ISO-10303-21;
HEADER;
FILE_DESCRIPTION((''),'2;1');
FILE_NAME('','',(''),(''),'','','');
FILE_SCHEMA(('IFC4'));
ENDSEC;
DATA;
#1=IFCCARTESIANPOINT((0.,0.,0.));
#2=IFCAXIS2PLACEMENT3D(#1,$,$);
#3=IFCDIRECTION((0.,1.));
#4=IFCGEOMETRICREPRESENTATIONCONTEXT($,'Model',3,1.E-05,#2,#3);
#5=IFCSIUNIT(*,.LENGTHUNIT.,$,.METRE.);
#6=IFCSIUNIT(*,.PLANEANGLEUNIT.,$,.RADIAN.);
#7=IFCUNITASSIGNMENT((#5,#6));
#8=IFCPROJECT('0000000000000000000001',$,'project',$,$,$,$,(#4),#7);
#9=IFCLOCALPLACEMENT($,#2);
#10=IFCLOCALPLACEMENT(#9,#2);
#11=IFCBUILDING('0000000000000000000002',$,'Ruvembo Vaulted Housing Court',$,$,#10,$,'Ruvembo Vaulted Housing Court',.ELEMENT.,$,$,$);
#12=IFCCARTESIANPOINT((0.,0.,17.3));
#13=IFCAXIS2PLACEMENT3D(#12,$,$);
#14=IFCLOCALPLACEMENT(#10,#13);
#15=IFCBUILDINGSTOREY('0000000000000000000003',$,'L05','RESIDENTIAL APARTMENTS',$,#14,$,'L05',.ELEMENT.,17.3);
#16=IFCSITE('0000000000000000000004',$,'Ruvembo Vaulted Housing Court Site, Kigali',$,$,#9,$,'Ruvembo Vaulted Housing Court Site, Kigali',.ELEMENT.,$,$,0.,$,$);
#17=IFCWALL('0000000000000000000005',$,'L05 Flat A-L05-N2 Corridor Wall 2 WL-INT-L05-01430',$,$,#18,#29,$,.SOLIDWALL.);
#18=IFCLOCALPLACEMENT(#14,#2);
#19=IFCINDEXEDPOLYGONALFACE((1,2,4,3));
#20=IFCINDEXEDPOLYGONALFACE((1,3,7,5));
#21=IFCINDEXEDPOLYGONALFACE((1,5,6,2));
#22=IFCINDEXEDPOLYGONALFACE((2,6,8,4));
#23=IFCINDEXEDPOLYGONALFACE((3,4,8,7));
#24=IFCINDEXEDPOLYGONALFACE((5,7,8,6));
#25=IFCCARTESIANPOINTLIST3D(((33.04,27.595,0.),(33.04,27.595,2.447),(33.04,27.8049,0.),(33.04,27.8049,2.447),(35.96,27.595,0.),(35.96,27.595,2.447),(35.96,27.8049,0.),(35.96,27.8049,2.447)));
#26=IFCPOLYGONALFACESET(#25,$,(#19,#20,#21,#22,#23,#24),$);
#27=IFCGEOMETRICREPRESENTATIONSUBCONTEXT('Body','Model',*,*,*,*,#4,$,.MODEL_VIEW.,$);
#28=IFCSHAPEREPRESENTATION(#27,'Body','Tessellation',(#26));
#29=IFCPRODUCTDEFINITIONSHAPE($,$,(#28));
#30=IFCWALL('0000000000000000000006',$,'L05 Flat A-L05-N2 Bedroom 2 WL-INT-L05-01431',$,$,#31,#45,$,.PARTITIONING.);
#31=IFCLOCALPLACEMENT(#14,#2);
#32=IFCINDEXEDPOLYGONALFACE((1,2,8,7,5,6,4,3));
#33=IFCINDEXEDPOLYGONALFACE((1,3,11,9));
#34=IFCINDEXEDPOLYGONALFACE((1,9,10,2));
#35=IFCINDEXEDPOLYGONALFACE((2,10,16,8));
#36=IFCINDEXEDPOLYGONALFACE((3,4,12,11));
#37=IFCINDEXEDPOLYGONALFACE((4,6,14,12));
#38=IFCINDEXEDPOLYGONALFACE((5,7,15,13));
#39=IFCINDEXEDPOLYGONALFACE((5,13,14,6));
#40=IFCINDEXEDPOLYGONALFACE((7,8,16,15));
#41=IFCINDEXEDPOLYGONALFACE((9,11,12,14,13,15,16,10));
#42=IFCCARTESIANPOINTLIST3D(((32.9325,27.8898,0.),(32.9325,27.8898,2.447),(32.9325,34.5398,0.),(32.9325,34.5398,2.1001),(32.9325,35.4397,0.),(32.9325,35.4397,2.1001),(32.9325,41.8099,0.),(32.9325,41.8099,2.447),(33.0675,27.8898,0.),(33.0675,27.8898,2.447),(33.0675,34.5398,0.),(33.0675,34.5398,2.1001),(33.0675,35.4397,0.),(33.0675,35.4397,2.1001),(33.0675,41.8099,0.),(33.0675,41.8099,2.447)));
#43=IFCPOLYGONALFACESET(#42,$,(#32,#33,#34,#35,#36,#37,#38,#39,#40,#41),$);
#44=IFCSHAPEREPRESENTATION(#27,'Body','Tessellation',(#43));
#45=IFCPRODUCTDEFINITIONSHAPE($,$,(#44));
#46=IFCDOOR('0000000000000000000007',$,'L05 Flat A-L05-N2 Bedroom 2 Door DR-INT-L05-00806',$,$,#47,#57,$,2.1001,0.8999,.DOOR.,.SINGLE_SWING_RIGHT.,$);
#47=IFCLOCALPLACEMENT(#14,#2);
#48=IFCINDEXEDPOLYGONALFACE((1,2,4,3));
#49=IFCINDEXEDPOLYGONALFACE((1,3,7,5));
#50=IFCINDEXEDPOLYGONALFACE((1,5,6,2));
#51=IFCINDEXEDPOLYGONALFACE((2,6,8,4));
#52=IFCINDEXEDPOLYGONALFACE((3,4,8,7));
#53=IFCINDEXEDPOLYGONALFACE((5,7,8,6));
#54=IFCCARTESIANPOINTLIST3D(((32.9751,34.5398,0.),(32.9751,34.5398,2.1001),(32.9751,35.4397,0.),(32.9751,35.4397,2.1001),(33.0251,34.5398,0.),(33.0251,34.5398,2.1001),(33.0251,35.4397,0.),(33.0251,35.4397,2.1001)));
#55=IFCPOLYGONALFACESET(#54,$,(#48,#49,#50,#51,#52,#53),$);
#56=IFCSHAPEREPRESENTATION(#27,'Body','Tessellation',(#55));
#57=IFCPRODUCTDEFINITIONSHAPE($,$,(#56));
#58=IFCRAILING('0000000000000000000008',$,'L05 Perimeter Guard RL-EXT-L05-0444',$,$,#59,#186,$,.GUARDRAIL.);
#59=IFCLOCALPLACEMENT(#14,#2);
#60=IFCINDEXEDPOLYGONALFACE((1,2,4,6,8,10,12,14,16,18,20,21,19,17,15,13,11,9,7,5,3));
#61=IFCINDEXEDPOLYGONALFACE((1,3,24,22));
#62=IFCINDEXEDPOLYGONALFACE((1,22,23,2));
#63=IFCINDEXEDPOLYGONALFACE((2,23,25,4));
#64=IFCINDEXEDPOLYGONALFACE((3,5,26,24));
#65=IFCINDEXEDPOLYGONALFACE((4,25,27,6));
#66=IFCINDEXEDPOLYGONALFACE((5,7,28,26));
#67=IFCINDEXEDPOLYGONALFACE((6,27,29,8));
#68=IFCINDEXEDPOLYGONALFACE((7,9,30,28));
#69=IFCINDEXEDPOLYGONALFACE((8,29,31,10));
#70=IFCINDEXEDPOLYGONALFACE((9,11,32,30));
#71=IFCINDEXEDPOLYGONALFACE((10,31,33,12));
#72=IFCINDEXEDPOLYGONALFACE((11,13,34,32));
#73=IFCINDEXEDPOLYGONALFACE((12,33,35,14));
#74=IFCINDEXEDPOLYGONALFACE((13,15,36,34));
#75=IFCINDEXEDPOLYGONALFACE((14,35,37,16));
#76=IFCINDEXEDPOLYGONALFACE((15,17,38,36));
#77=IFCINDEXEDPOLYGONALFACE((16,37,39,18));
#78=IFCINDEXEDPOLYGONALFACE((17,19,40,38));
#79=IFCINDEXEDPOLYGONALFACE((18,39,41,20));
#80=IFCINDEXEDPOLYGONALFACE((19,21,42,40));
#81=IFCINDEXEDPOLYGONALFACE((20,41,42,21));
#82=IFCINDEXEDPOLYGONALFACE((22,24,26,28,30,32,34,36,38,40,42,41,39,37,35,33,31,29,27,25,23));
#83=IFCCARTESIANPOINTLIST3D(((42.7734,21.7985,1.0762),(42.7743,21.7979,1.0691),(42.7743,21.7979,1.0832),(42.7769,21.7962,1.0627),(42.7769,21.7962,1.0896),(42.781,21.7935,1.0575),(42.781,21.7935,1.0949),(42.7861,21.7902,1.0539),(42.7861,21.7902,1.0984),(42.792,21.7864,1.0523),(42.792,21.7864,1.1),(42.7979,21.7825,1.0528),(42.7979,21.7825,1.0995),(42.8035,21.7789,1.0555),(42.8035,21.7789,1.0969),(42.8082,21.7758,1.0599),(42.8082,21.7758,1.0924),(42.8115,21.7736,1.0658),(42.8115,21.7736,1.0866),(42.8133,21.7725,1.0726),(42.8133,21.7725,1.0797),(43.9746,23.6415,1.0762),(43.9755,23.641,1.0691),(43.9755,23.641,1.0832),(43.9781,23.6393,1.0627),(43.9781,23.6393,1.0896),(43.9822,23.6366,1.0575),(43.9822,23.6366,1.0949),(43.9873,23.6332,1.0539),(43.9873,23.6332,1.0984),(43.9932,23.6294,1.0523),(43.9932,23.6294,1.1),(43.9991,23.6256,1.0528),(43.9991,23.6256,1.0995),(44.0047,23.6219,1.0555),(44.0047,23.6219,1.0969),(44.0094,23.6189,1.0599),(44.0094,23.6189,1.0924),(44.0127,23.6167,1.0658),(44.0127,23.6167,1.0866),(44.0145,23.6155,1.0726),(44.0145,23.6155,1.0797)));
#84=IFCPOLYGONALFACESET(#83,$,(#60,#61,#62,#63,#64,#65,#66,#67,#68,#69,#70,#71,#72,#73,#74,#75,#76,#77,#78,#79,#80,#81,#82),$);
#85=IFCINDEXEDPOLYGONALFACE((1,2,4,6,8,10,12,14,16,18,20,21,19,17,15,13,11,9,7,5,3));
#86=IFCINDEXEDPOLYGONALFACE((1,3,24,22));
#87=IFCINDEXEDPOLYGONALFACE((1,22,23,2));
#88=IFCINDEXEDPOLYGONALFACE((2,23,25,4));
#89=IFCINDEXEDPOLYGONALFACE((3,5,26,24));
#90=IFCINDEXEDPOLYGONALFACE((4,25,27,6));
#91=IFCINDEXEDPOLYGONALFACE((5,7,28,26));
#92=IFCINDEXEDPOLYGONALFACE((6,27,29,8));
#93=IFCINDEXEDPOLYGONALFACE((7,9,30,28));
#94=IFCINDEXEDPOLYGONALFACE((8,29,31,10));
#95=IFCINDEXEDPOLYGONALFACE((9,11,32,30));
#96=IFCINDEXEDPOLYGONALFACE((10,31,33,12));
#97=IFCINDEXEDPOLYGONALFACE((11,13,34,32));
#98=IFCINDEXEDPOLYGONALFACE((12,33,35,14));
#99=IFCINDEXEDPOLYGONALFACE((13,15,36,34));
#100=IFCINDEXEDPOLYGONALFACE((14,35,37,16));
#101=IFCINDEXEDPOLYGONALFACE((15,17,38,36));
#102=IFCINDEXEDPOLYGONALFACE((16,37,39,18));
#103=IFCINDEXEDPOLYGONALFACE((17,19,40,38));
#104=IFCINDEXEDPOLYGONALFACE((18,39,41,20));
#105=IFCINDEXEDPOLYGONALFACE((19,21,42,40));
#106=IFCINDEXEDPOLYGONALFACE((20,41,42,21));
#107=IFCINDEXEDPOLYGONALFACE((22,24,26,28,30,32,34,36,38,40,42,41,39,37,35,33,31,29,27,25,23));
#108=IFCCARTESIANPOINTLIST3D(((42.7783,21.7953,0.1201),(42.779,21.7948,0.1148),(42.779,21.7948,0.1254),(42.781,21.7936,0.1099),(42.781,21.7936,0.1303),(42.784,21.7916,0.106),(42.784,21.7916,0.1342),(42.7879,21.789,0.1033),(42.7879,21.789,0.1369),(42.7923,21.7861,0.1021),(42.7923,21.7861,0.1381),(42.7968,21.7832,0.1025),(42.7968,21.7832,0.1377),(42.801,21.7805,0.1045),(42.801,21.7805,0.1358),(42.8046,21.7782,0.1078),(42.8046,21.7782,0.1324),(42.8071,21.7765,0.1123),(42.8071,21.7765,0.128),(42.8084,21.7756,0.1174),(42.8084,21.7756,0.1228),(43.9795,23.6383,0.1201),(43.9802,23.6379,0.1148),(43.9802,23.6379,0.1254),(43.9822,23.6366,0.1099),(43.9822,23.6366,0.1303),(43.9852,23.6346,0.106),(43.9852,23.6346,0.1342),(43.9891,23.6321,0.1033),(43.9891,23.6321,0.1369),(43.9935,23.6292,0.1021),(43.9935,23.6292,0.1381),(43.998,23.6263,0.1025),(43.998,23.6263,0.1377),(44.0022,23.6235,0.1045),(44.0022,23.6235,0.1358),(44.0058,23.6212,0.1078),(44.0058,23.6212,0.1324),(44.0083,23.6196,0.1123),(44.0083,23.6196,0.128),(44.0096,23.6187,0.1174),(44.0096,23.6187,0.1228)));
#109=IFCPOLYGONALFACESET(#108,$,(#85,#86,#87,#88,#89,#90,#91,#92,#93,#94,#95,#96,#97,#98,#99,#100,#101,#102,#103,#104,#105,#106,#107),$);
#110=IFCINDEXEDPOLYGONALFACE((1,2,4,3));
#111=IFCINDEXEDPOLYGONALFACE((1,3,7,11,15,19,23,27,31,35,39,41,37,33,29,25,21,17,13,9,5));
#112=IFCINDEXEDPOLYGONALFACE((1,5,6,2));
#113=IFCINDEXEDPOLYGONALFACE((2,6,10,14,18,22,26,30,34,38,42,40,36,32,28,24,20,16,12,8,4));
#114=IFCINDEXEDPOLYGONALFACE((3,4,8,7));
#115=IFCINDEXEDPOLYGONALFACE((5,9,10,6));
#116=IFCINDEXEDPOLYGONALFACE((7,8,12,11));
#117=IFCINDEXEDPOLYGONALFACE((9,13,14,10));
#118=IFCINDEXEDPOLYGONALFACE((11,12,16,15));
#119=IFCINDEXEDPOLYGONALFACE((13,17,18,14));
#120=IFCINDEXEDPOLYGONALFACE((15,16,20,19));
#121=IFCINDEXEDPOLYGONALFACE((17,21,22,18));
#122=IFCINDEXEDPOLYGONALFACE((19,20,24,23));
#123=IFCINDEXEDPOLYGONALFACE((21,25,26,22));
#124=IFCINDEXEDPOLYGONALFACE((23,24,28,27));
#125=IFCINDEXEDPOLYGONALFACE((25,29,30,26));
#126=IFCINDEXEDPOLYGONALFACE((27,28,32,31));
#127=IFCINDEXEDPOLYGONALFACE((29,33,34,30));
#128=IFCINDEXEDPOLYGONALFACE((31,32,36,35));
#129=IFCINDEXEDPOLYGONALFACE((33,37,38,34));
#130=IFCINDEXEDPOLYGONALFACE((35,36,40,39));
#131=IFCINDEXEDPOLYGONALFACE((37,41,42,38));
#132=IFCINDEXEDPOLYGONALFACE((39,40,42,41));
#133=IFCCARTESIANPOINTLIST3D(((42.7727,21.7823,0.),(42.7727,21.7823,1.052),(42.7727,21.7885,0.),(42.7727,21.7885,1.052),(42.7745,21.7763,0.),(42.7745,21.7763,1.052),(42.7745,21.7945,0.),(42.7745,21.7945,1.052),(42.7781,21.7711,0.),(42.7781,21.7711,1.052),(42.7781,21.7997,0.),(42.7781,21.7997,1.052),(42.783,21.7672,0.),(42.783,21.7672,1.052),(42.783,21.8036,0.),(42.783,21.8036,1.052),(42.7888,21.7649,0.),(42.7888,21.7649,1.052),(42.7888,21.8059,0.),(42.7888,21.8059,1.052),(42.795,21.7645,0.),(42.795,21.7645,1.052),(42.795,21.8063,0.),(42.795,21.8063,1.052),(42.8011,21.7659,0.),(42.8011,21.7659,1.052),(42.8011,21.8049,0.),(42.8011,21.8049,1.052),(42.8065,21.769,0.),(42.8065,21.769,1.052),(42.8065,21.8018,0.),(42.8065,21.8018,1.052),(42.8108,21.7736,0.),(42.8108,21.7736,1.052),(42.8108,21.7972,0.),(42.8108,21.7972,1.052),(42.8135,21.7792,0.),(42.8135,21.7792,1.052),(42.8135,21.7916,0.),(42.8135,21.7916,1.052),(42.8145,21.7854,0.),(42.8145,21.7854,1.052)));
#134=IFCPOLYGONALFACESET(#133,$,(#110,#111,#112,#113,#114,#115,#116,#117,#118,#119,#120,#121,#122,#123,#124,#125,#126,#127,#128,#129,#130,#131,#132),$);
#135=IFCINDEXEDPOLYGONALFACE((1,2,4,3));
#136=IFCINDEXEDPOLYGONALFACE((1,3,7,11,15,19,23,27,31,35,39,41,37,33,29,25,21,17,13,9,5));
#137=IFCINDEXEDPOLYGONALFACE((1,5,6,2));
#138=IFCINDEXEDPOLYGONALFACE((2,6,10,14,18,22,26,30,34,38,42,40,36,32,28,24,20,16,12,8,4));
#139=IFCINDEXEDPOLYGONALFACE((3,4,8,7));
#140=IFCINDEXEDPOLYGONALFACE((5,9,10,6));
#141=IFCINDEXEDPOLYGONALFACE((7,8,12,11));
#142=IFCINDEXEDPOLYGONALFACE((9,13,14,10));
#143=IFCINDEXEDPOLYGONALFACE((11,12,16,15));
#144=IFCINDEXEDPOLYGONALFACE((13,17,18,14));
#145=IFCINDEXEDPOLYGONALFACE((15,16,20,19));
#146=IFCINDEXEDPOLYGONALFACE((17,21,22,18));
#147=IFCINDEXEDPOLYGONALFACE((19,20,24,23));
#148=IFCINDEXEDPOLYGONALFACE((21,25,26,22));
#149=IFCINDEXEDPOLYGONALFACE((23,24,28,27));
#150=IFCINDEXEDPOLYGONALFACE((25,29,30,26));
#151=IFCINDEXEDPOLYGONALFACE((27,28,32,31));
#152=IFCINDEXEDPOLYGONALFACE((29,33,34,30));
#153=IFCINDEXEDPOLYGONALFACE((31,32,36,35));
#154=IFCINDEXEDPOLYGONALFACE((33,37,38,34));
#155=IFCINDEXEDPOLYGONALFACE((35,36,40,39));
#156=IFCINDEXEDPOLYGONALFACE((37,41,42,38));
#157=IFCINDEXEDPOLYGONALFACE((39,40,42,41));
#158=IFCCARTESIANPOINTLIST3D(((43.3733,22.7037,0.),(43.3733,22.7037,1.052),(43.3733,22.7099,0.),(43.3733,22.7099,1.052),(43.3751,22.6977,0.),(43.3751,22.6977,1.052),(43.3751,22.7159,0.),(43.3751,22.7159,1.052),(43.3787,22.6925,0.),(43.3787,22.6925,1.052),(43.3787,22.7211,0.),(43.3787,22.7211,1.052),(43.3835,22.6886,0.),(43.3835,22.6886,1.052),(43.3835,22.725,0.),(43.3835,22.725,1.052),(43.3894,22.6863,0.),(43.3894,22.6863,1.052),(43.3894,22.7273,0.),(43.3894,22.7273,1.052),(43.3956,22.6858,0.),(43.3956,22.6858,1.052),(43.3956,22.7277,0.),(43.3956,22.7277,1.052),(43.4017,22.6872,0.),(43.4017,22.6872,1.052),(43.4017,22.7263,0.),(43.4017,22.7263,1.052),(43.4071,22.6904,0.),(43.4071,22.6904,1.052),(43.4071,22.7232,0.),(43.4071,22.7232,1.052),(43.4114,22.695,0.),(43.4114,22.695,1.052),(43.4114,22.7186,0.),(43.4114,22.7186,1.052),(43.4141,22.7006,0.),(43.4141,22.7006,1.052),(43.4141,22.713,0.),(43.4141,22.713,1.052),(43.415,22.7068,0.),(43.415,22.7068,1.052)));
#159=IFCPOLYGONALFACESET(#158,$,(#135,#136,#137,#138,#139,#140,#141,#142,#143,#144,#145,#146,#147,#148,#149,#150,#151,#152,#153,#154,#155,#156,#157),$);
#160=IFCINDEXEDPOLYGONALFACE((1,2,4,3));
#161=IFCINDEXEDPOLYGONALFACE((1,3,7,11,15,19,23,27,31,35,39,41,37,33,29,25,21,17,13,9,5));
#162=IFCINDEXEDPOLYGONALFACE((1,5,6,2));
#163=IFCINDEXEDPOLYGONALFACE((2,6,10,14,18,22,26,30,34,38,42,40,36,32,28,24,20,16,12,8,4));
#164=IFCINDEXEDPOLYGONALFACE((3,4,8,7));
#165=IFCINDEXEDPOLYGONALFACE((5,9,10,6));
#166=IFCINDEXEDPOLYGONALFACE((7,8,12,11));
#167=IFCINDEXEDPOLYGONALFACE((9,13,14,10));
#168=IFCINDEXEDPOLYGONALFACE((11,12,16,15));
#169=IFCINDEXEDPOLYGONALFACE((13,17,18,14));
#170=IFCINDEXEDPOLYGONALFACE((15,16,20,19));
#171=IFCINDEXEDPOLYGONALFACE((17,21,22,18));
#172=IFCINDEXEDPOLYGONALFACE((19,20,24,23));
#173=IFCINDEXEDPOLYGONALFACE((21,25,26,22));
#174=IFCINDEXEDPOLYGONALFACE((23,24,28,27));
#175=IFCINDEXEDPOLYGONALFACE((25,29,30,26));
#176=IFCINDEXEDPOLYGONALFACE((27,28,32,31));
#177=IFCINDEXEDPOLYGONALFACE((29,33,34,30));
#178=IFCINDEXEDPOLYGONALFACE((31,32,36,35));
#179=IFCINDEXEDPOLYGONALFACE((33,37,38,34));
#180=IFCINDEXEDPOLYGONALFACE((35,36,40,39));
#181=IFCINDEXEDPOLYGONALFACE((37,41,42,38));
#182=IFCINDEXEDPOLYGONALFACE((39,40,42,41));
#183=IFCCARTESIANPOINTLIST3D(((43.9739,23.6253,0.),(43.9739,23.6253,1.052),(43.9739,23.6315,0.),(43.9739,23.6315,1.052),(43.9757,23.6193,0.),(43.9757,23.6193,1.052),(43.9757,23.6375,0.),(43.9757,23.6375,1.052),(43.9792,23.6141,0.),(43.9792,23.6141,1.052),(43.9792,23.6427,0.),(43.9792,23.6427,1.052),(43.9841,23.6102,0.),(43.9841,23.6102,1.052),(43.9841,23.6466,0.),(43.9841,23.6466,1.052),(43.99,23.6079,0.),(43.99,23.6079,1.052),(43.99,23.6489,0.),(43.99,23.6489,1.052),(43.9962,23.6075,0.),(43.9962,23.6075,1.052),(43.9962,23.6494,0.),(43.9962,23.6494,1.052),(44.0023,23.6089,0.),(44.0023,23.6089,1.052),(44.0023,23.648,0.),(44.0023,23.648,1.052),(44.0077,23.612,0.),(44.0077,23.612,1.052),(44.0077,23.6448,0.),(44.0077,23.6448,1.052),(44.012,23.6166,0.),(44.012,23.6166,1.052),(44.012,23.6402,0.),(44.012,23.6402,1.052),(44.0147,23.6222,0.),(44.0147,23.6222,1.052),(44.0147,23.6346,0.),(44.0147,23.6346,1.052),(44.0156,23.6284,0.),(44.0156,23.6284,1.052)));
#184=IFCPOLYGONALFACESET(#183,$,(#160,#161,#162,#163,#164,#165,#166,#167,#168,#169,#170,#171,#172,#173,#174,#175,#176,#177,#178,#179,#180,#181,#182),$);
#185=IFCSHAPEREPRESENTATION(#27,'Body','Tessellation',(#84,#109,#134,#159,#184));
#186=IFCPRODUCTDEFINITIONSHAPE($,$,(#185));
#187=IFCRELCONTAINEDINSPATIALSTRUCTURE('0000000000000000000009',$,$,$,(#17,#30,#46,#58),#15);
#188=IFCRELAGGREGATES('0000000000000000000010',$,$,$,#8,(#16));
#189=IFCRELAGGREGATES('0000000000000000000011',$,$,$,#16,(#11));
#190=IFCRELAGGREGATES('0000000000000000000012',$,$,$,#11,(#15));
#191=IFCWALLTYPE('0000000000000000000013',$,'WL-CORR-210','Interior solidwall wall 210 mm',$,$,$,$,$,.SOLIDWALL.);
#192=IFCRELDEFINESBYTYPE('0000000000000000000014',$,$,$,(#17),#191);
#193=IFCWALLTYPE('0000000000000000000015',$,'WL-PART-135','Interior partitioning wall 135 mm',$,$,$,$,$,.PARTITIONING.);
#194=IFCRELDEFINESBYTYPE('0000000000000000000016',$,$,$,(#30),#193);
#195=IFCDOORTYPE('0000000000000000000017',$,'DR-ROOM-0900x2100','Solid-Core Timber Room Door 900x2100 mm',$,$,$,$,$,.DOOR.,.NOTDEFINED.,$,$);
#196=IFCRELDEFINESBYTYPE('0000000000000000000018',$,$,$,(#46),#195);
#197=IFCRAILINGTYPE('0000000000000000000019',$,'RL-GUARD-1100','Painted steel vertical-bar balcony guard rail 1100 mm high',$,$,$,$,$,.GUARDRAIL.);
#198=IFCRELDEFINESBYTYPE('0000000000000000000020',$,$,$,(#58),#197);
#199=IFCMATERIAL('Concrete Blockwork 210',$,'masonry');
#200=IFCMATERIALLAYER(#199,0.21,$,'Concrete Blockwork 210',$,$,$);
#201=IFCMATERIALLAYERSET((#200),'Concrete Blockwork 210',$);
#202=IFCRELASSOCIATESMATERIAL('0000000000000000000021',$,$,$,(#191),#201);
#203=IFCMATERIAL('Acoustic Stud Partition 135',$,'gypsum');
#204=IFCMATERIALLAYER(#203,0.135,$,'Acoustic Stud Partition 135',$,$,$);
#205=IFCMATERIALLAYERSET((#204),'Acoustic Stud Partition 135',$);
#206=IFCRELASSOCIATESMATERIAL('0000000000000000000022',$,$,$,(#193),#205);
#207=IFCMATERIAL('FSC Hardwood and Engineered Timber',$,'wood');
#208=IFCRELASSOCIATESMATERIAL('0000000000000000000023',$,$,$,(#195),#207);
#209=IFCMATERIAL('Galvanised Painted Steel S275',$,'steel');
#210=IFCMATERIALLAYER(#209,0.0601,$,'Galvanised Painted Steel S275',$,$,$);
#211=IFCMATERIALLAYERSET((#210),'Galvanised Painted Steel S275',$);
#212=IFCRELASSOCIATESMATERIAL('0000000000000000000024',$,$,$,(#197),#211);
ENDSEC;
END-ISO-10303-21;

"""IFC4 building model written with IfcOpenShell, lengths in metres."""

from ifc_helpers import new_model, si_unit, direction, frame, frame_2d, origin, origin_2d, place, context, subcontext, project, spatial, rectangle, circle, extrude, material, layer, layer_set, type_object, element, fill, save


model = new_model("IFC4")

# Units and contexts
model_context = context("Model", 3, precision=1e-05, world=origin(), true_north=direction((0.0, 1.0)))
body_context = subcontext(model_context, "Body", "Model", "MODEL_VIEW")
ifc_project = project(units=[si_unit("LENGTHUNIT", "METRE"), si_unit("PLANEANGLEUNIT", "RADIAN")], contexts=[model_context])

# Site, building, storey
site_placement = place(None, origin())
site = spatial("IfcSite", under=ifc_project, at=site_placement, Name="Ruvembo Vaulted Housing Court Site, Kigali", LongName="Ruvembo Vaulted Housing Court Site, Kigali", CompositionType="ELEMENT", RefElevation=0.0)
building_placement = place(site_placement, origin())
building = spatial("IfcBuilding", under=site, at=building_placement, Name="Ruvembo Vaulted Housing Court", LongName="Ruvembo Vaulted Housing Court", CompositionType="ELEMENT")
storey_placement = place(building_placement, frame((0.0, 0.0, 17.3)))
storey = spatial("IfcBuildingStorey", under=building, at=storey_placement, Name="L05", Description="RESIDENTIAL APARTMENTS", LongName="L05", CompositionType="ELEMENT", Elevation=17.3)

# Wall
ifc_material_1 = material(Name="Concrete Blockwork 210", Category="masonry")
ifc_layer_1 = layer(ifc_material_1, 0.21, Name="Concrete Blockwork 210")
ifc_layer_set_1 = layer_set([ifc_layer_1], Name="Concrete Blockwork 210")
wall_type_1 = type_object("IfcWallType", Name="WL-CORR-210", Description="Interior solidwall wall 210 mm", PredefinedType="SOLIDWALL", material=ifc_layer_set_1)
wall_1_placement = place(storey_placement, frame((33.04, 27.7, 0.0), z_axis=(0.0, 0.0, 1.0), x_axis=(1.0, 0.0, 0.0)))
element("IfcWall", 1, at=wall_1_placement, inside=storey, type_object=wall_type_1, Name="L05 Flat A-L05-N2 Corridor Wall 2 WL-INT-L05-01430", PredefinedType="SOLIDWALL", context=body_context, shape_type="SweptSolid", body=[
    extrude(rectangle(XDim=2.9199, YDim=0.21, at=frame_2d((1.46, 0.0))), origin(), (0.0, 0.0, 1.0), 2.447),
])

# Wall, opening, door
ifc_material_2 = material(Name="Acoustic Stud Partition 135", Category="gypsum")
ifc_layer_2 = layer(ifc_material_2, 0.135, Name="Acoustic Stud Partition 135")
ifc_layer_set_2 = layer_set([ifc_layer_2], Name="Acoustic Stud Partition 135")
wall_type_2 = type_object("IfcWallType", Name="WL-PART-135", Description="Interior partitioning wall 135 mm", PredefinedType="PARTITIONING", material=ifc_layer_set_2)
wall_2_placement = place(storey_placement, frame((33.0, 27.8899, 0.0), z_axis=(0.0, 0.0, 1.0), x_axis=(0.0, 1.0, 0.0)))
wall_2 = element("IfcWall", 2, at=wall_2_placement, inside=storey, type_object=wall_type_2, Name="L05 Flat A-L05-N2 Bedroom 2 WL-INT-L05-01431", PredefinedType="PARTITIONING", context=body_context, shape_type="SweptSolid", body=[
    extrude(rectangle(XDim=13.9202, YDim=0.135, at=frame_2d((6.96, 0.0))), origin(), (0.0, 0.0, 1.0), 2.447),
])
opening_1_placement = place(wall_2_placement, frame((6.6499, 0.0, 0.0)))
opening_1 = element("IfcOpeningElement", 3, at=opening_1_placement, cuts=wall_2, PredefinedType="OPENING", context=body_context, shape_type="SweptSolid", body=[
    extrude(rectangle(XDim=0.8999, YDim=2.1001, at=frame_2d((0.45, 1.05))), frame((0.0, 0.0774, 0.0), z_axis=(0.0, -1.0, 0.0), x_axis=(1.0, 0.0, 0.0)), (0.0, 0.0, 1.0), 0.155),
])
ifc_material_3 = material(Name="FSC Hardwood and Engineered Timber", Category="wood")
door_type_1 = type_object("IfcDoorType", Name="DR-ROOM-0900x2100", Description="Solid-Core Timber Room Door 900x2100 mm", OperationType="NOTDEFINED", PredefinedType="DOOR", material=ifc_material_3)
door_1_placement = place(opening_1_placement, origin())
door_1 = element("IfcDoor", 4, at=door_1_placement, inside=storey, type_object=door_type_1, Name="L05 Flat A-L05-N2 Bedroom 2 Door DR-INT-L05-00806", OperationType="SINGLE_SWING_RIGHT", OverallHeight=2.1001, OverallWidth=0.8999, PredefinedType="DOOR", context=body_context, shape_type="SweptSolid", body=[
    extrude(rectangle(XDim=0.8999, YDim=2.1001, at=frame_2d((0.45, 1.05))), frame((0.0, 0.0249, 0.0), z_axis=(0.0, -1.0, 0.0), x_axis=(1.0, 0.0, 0.0)), (0.0, 0.0, 1.0), 0.05),
])
fill(opening_1, door_1)

# Railing
ifc_material_4 = material(Name="Galvanised Painted Steel S275", Category="steel")
ifc_layer_3 = layer(ifc_material_4, 0.0601, Name="Galvanised Painted Steel S275")
ifc_layer_set_3 = layer_set([ifc_layer_3], Name="Galvanised Painted Steel S275")
railing_type = type_object("IfcRailingType", Name="RL-GUARD-1100", Description="Painted steel vertical-bar balcony guard rail 1100 mm high", PredefinedType="GUARDRAIL", material=ifc_layer_set_3)
railing_placement = place(storey_placement, frame((42.7935, 21.7854, 0.0)))
element("IfcRailing", 5, at=railing_placement, inside=storey, type_object=railing_type, Name="L05 Perimeter Guard RL-EXT-L05-0444", PredefinedType="GUARDRAIL", context=body_context, shape_type="SweptSolid", body=[
    extrude(circle(Radius=0.0239, at=origin_2d()), frame((0.0, 0.0, 1.0762), z_axis=(0.546014, 0.837776, 0.0), x_axis=(-0.837776, 0.546014, 0.0)), (0.0, 0.0, 1.0), 2.2),
    extrude(circle(Radius=0.0181, at=origin_2d()), frame((0.0, 0.0, 0.1201), z_axis=(0.546014, 0.837776, 0.0), x_axis=(-0.837776, 0.546014, 0.0)), (0.0, 0.0, 1.0), 2.2),
    extrude(circle(Radius=0.021, at=origin_2d()), origin(), (0.0, 0.0, 1.0), 1.052),
    extrude(circle(Radius=0.021, at=origin_2d()), frame((0.6006, 0.9214, 0.0)), (0.0, 0.0, 1.0), 1.052),
    extrude(circle(Radius=0.021, at=origin_2d()), frame((1.2012, 1.843, 0.0)), (0.0, 0.0, 1.0), 1.052),
])

save(model, "model.ifc")
